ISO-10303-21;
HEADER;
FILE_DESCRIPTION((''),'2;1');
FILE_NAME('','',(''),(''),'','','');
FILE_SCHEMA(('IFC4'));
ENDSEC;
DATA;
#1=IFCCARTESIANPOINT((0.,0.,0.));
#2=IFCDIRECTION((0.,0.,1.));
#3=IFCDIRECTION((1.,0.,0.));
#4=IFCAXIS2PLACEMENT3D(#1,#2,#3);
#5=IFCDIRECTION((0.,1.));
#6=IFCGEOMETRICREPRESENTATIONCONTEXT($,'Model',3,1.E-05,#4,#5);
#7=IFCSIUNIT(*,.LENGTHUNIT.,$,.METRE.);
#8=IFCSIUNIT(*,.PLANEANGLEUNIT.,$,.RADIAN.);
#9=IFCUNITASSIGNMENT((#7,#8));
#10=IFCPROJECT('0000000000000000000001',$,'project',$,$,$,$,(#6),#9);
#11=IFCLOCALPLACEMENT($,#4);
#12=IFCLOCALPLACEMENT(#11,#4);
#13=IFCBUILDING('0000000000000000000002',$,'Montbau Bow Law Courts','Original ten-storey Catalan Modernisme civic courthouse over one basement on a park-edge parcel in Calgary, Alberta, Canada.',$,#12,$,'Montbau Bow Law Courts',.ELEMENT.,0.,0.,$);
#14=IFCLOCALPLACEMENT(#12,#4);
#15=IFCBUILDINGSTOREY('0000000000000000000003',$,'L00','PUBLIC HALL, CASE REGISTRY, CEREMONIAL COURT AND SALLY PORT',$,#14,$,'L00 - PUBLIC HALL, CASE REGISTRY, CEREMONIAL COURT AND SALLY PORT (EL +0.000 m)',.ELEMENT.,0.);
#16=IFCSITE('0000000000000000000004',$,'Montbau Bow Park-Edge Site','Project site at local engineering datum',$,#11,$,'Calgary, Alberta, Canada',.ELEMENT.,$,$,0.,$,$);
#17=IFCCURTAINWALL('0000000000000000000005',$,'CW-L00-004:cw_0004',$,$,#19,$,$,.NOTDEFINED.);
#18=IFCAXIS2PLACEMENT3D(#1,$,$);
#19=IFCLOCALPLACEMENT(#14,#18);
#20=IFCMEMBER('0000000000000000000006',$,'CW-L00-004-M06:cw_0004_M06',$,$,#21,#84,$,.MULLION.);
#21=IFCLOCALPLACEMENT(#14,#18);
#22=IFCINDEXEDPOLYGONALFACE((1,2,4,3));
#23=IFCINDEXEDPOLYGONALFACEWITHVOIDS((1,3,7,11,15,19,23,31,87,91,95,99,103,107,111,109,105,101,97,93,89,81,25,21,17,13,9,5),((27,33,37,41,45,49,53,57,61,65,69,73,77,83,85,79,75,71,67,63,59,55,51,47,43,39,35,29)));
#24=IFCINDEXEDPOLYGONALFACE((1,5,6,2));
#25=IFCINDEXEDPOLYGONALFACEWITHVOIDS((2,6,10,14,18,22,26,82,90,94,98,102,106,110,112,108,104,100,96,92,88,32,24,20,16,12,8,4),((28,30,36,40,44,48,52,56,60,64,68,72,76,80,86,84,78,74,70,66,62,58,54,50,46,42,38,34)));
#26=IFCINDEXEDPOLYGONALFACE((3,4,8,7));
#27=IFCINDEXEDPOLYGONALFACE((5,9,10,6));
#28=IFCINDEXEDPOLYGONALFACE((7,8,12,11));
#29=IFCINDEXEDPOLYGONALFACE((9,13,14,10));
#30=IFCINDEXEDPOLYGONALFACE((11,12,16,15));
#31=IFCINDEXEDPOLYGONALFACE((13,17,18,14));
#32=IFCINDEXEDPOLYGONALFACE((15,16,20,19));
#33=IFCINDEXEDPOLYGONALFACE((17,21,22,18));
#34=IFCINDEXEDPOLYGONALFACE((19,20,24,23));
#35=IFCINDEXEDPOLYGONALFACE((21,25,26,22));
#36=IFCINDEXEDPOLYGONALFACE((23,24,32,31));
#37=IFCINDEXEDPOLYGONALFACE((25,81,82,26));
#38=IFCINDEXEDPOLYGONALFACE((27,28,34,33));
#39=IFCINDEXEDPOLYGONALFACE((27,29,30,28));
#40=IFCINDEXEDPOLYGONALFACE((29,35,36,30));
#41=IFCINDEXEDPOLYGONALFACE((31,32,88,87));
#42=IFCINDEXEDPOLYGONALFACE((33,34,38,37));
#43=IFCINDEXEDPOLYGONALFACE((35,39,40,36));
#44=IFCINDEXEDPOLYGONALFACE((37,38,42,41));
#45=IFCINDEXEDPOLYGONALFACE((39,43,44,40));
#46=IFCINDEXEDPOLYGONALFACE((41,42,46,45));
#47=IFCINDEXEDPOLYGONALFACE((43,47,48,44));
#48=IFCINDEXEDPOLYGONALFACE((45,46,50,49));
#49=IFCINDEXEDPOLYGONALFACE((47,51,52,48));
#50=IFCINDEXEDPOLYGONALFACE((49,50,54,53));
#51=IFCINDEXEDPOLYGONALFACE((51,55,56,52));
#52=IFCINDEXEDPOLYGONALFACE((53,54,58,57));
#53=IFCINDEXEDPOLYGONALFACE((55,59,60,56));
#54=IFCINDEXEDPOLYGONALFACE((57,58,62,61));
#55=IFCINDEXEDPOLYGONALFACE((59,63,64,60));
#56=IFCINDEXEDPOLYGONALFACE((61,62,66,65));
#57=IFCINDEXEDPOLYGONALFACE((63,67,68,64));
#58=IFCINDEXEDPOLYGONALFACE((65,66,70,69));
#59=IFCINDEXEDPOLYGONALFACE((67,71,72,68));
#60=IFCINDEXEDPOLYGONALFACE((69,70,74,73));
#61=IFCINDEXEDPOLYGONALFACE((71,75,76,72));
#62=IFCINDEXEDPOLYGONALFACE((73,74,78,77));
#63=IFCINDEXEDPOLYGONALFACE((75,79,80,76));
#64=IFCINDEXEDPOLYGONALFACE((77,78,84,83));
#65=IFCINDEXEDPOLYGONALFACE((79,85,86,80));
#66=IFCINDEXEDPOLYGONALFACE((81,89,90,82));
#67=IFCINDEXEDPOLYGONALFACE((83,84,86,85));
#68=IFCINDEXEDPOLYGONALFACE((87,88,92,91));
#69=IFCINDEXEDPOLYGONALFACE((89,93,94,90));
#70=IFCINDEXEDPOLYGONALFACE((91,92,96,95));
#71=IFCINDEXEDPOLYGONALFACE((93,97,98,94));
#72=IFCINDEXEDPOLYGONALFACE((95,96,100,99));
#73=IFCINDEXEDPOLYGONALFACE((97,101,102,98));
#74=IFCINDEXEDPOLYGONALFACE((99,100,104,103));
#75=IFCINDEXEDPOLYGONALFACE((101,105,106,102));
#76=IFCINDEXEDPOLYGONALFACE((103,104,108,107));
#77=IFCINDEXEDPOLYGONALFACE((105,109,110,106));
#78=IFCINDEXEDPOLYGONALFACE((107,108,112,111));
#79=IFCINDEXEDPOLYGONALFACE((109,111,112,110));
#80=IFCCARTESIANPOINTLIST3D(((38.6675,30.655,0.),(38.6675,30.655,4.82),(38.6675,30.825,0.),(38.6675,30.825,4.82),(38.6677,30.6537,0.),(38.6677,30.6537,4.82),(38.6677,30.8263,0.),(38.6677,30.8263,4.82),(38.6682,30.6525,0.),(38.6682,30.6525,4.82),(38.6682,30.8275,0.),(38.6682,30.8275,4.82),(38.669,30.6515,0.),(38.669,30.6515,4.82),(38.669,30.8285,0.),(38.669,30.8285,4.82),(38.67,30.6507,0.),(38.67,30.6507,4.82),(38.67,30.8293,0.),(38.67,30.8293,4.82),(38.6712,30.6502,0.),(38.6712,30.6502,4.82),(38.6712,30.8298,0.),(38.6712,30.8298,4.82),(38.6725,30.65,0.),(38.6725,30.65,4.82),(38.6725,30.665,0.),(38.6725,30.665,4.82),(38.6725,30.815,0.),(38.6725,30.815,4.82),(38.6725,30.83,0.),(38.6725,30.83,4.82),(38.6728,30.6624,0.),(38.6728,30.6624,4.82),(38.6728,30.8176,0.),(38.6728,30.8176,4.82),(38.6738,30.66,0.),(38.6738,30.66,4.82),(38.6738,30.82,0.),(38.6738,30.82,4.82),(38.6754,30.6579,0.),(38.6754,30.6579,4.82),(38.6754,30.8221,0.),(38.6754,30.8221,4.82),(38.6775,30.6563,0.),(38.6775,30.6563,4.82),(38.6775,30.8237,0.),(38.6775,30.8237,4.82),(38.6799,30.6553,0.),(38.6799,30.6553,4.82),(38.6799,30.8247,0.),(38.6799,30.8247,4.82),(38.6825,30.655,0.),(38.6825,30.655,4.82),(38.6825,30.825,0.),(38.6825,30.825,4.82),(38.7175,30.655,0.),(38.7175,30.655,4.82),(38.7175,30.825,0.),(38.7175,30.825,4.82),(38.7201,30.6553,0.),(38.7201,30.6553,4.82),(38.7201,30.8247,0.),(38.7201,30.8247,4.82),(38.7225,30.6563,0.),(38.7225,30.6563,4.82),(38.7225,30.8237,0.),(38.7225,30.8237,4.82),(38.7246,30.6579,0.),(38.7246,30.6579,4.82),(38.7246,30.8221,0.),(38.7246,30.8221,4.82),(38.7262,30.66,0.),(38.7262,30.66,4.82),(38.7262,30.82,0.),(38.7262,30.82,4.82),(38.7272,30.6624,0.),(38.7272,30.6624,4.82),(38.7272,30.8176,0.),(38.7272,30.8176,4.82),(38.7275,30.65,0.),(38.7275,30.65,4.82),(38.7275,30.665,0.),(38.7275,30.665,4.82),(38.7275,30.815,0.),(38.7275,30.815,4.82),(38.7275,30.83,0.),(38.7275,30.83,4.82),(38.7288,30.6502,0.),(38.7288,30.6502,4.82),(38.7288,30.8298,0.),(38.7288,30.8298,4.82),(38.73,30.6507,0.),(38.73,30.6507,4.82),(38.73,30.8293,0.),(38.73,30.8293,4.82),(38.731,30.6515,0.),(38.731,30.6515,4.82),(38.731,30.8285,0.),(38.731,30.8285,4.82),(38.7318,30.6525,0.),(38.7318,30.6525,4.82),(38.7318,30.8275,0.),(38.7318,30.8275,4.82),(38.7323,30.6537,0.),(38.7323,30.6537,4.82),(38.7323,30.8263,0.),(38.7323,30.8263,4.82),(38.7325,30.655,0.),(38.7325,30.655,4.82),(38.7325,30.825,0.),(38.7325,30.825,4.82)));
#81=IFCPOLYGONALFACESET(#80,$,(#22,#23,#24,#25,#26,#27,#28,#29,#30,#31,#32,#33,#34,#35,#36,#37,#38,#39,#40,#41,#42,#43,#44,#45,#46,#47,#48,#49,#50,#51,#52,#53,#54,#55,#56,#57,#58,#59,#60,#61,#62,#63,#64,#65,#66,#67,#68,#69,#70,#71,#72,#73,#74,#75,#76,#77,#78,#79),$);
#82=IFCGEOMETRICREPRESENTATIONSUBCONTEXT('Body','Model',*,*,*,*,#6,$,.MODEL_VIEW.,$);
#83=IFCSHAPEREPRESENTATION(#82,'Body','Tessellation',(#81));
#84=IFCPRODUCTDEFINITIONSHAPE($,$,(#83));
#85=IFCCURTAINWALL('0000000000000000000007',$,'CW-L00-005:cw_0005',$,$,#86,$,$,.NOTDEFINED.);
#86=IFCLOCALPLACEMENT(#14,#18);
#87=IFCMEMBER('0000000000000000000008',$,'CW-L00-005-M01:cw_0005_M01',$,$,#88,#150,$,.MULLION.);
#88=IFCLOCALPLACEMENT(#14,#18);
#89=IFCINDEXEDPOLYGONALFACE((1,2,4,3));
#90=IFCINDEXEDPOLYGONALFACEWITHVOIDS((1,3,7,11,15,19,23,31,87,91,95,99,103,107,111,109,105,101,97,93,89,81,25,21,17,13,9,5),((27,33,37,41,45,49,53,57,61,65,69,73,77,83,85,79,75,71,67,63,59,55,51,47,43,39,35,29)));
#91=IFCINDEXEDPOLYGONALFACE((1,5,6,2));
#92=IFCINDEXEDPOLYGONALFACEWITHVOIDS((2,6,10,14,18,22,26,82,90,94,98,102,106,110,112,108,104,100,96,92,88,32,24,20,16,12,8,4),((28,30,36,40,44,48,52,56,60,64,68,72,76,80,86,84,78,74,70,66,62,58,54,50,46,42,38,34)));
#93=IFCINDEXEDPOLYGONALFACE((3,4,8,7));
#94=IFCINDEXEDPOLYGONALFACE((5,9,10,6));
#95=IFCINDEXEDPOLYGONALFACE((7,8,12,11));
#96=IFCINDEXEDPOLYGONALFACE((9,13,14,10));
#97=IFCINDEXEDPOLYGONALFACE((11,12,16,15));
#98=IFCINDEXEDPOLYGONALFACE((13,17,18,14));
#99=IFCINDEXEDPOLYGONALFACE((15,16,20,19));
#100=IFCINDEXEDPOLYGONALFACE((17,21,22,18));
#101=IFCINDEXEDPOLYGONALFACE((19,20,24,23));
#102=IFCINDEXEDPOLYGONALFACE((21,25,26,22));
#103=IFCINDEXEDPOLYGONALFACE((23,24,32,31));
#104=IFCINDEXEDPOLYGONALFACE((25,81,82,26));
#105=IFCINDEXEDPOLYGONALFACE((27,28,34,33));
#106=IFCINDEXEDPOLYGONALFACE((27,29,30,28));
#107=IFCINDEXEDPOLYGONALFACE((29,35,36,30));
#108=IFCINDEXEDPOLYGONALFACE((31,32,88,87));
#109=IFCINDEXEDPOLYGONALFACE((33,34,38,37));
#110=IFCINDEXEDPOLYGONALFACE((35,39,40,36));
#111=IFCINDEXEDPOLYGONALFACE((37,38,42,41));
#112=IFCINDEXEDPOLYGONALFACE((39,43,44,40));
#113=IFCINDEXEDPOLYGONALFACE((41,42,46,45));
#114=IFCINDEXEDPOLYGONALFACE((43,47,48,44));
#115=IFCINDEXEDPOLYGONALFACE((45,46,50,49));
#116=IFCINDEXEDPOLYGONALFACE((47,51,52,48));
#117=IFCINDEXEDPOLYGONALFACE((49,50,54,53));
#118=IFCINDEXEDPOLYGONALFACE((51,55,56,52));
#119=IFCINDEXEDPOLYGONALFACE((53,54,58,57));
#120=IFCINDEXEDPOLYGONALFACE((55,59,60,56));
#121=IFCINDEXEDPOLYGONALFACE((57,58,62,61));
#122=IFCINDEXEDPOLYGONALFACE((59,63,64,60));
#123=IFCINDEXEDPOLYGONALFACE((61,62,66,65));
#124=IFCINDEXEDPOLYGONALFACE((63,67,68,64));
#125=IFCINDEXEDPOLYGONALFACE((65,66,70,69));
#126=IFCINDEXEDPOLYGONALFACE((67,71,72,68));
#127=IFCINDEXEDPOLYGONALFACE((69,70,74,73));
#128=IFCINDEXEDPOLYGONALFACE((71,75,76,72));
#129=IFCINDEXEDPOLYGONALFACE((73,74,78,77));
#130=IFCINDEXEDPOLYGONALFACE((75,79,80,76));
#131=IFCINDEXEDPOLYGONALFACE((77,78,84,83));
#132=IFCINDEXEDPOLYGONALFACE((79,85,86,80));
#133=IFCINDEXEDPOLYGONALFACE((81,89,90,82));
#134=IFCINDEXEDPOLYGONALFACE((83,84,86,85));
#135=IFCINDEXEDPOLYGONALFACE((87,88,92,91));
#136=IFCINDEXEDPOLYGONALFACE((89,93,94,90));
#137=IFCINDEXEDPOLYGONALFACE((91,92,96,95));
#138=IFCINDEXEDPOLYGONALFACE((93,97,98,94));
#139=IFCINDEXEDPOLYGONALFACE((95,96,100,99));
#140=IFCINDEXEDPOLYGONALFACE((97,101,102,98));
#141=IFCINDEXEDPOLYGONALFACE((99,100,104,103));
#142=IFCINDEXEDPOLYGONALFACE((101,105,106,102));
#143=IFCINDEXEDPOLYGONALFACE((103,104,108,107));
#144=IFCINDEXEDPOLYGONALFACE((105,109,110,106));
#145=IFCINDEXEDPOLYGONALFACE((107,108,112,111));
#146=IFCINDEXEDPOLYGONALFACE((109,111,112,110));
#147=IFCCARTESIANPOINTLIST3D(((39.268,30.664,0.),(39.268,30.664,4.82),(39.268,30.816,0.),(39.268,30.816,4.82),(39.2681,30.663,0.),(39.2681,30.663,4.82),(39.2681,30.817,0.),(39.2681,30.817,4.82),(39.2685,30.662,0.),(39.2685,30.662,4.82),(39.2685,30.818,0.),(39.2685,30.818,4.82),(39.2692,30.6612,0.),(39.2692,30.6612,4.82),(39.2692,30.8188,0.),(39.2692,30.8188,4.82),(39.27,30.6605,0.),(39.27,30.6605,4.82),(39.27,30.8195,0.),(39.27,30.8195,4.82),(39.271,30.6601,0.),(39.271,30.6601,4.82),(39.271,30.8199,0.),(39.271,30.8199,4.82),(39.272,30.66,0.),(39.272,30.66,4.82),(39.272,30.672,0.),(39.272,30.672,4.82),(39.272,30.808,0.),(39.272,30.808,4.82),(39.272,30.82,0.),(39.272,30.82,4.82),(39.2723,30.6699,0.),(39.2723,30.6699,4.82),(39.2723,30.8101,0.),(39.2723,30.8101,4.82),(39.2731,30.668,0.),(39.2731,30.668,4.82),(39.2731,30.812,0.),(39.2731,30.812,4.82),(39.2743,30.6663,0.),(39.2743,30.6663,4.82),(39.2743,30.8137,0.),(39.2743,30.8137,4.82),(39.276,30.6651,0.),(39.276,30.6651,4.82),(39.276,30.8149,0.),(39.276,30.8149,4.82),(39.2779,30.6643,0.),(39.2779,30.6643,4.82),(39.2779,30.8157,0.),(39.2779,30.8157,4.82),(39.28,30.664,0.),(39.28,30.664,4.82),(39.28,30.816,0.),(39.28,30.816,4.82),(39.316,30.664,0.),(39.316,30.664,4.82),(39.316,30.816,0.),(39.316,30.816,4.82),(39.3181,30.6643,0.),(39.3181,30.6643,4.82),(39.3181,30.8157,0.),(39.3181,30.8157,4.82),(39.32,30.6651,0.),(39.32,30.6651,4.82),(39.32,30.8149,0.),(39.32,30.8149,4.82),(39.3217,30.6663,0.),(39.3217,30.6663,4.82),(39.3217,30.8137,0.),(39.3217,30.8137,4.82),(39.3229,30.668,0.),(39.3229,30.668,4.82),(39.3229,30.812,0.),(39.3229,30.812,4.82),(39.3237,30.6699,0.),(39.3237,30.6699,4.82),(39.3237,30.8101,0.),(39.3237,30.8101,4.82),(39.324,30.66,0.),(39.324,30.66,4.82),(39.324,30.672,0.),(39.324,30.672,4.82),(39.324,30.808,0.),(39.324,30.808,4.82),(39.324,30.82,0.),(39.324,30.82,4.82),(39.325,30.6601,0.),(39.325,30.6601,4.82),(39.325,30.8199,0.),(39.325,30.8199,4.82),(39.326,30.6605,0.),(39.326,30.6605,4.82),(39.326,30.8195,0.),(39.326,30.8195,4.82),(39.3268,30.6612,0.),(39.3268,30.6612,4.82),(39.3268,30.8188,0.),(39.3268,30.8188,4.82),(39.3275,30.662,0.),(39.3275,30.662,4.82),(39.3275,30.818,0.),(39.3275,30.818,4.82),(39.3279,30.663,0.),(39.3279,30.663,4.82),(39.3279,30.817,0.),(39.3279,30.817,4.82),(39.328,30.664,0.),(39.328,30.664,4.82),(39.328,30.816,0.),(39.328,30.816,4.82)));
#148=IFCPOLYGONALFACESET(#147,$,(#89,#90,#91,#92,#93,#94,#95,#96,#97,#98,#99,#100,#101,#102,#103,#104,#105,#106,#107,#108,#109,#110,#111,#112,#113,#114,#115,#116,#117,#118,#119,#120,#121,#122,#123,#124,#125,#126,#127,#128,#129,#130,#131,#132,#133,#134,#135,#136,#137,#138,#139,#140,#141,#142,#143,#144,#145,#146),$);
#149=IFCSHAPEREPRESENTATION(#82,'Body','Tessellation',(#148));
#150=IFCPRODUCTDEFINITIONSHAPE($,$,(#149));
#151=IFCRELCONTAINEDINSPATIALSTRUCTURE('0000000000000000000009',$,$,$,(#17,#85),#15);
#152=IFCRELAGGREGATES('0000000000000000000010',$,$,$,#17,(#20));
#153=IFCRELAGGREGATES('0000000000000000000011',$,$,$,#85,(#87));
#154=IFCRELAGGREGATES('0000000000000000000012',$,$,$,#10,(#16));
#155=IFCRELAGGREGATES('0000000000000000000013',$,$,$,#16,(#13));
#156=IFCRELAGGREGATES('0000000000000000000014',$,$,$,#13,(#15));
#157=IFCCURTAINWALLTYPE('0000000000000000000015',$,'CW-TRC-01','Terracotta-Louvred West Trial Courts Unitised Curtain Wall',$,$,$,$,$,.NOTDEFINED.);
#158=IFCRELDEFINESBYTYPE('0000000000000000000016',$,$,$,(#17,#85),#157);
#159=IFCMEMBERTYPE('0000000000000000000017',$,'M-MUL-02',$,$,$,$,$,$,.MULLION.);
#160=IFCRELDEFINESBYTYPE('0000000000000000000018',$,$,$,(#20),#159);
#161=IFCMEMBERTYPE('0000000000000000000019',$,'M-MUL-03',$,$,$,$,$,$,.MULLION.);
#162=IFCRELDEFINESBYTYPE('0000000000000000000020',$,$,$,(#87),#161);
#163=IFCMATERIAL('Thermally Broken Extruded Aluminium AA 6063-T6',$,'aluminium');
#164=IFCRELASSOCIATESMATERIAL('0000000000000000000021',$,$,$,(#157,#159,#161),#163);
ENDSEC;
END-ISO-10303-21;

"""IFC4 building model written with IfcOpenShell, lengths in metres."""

from ifc_helpers import new_model, si_unit, direction, frame, origin_with_axes, origin_2d_with_axis, place, context, subcontext, project, spatial, hollow_rectangle, extrude, material, material_profile, profile_set, type_object, element, aggregate, save


model = new_model("IFC4")

# Units and contexts
model_context = context("Model", 3, precision=1e-05, world=origin_with_axes(), true_north=direction((0.0, 1.0)))
body_context = subcontext(model_context, "Body", "Model", "MODEL_VIEW")
ifc_project = project(units=[si_unit("LENGTHUNIT", "METRE"), si_unit("PLANEANGLEUNIT", "RADIAN")], contexts=[model_context])

# Site, building, storey
site_placement = place(None, origin_with_axes())
site = spatial("IfcSite", under=ifc_project, at=site_placement, Name="Montbau Bow Park-Edge Site", Description="Project site at local engineering datum", LongName="Calgary, Alberta, Canada", CompositionType="ELEMENT", RefElevation=0.0)
building_placement = place(site_placement, origin_with_axes())
building = spatial("IfcBuilding", under=site, at=building_placement, Name="Montbau Bow Law Courts", Description="Original ten-storey Catalan Modernisme civic courthouse over one basement on a park-edge parcel in Calgary, Alberta, Canada.", LongName="Montbau Bow Law Courts", CompositionType="ELEMENT", ElevationOfRefHeight=0.0, ElevationOfTerrain=0.0)
storey_placement = place(building_placement, origin_with_axes())
storey = spatial("IfcBuildingStorey", under=building, at=storey_placement, Name="L00", Description="PUBLIC HALL, CASE REGISTRY, CEREMONIAL COURT AND SALLY PORT", LongName="L00 - PUBLIC HALL, CASE REGISTRY, CEREMONIAL COURT AND SALLY PORT (EL +0.000 m)", CompositionType="ELEMENT", Elevation=0.0)

# Curtain wall, member
ifc_material_1 = material(Name="Thermally Broken Extruded Aluminium AA 6063-T6", Category="aluminium")
curtain_wall_type = type_object("IfcCurtainWallType", Name="CW-TRC-01", Description="Terracotta-Louvred West Trial Courts Unitised Curtain Wall", PredefinedType="NOTDEFINED", material=ifc_material_1)
curtain_wall_1_placement = place(None, frame((31.115, 30.74, 0.0), z_axis=(0.0, 0.0, 1.0), x_axis=(1.0, 0.0, 0.0)))
curtain_wall_1 = element("IfcCurtainWall", 1, at=curtain_wall_1_placement, inside=storey, type_object=curtain_wall_type, Name="CW-L00-004:cw_0004", PredefinedType="NOTDEFINED")
ifc_material_profile_1 = material_profile(ifc_material_1, hollow_rectangle(XDim=0.065, YDim=0.18, WallThickness=0.005, InnerFilletRadius=0.01, OuterFilletRadius=0.005, at=origin_2d_with_axis()), Name="CWM-180X65", Category="Main", Priority=0)
ifc_profile_set_1 = profile_set([ifc_material_profile_1], Name="Thermally Broken Extruded Aluminium AA 6063-T6")
member_type_1 = type_object("IfcMemberType", Name="M-MUL-02", PredefinedType="MULLION", material=ifc_profile_set_1)
member_1_placement = place(None, frame((38.7, 30.74, 0.0), z_axis=(0.0, 0.0, 1.0), x_axis=(1.0, 0.0, 0.0)))
member_1 = element("IfcMember", 2, at=member_1_placement, type_object=member_type_1, Name="CW-L00-004-M06:cw_0004_M06", PredefinedType="MULLION", context=body_context, shape_type="SweptSolid", body=[
    extrude(hollow_rectangle(XDim=0.065, YDim=0.18, WallThickness=0.005, InnerFilletRadius=0.01, OuterFilletRadius=0.005, at=origin_2d_with_axis()), origin_with_axes(), (0.0, 0.0, 1.0), 4.82),
])

# Curtain wall, member
curtain_wall_2_placement = place(None, frame((39.268, 30.74, 0.0), z_axis=(0.0, 0.0, 1.0), x_axis=(1.0, 0.0, 0.0)))
curtain_wall_2 = element("IfcCurtainWall", 3, at=curtain_wall_2_placement, inside=storey, type_object=curtain_wall_type, Name="CW-L00-005:cw_0005", PredefinedType="NOTDEFINED")
ifc_material_profile_2 = material_profile(ifc_material_1, hollow_rectangle(XDim=0.06, YDim=0.16, WallThickness=0.004, InnerFilletRadius=0.008, OuterFilletRadius=0.004, at=origin_2d_with_axis()), Name="CWM-160X60", Category="Main", Priority=0)
ifc_profile_set_2 = profile_set([ifc_material_profile_2], Name="Thermally Broken Extruded Aluminium AA 6063-T6")
member_type_2 = type_object("IfcMemberType", Name="M-MUL-03", PredefinedType="MULLION", material=ifc_profile_set_2)
member_2_placement = place(None, frame((39.298, 30.74, 0.0), z_axis=(0.0, 0.0, 1.0), x_axis=(1.0, 0.0, 0.0)))
member_2 = element("IfcMember", 4, at=member_2_placement, type_object=member_type_2, Name="CW-L00-005-M01:cw_0005_M01", PredefinedType="MULLION", context=body_context, shape_type="SweptSolid", body=[
    extrude(hollow_rectangle(XDim=0.06, YDim=0.16, WallThickness=0.004, InnerFilletRadius=0.008, OuterFilletRadius=0.004, at=origin_2d_with_axis()), origin_with_axes(), (0.0, 0.0, 1.0), 4.82),
])

aggregate(curtain_wall_1, [member_1])

aggregate(curtain_wall_2, [member_2])

save(model, "model.ifc")
